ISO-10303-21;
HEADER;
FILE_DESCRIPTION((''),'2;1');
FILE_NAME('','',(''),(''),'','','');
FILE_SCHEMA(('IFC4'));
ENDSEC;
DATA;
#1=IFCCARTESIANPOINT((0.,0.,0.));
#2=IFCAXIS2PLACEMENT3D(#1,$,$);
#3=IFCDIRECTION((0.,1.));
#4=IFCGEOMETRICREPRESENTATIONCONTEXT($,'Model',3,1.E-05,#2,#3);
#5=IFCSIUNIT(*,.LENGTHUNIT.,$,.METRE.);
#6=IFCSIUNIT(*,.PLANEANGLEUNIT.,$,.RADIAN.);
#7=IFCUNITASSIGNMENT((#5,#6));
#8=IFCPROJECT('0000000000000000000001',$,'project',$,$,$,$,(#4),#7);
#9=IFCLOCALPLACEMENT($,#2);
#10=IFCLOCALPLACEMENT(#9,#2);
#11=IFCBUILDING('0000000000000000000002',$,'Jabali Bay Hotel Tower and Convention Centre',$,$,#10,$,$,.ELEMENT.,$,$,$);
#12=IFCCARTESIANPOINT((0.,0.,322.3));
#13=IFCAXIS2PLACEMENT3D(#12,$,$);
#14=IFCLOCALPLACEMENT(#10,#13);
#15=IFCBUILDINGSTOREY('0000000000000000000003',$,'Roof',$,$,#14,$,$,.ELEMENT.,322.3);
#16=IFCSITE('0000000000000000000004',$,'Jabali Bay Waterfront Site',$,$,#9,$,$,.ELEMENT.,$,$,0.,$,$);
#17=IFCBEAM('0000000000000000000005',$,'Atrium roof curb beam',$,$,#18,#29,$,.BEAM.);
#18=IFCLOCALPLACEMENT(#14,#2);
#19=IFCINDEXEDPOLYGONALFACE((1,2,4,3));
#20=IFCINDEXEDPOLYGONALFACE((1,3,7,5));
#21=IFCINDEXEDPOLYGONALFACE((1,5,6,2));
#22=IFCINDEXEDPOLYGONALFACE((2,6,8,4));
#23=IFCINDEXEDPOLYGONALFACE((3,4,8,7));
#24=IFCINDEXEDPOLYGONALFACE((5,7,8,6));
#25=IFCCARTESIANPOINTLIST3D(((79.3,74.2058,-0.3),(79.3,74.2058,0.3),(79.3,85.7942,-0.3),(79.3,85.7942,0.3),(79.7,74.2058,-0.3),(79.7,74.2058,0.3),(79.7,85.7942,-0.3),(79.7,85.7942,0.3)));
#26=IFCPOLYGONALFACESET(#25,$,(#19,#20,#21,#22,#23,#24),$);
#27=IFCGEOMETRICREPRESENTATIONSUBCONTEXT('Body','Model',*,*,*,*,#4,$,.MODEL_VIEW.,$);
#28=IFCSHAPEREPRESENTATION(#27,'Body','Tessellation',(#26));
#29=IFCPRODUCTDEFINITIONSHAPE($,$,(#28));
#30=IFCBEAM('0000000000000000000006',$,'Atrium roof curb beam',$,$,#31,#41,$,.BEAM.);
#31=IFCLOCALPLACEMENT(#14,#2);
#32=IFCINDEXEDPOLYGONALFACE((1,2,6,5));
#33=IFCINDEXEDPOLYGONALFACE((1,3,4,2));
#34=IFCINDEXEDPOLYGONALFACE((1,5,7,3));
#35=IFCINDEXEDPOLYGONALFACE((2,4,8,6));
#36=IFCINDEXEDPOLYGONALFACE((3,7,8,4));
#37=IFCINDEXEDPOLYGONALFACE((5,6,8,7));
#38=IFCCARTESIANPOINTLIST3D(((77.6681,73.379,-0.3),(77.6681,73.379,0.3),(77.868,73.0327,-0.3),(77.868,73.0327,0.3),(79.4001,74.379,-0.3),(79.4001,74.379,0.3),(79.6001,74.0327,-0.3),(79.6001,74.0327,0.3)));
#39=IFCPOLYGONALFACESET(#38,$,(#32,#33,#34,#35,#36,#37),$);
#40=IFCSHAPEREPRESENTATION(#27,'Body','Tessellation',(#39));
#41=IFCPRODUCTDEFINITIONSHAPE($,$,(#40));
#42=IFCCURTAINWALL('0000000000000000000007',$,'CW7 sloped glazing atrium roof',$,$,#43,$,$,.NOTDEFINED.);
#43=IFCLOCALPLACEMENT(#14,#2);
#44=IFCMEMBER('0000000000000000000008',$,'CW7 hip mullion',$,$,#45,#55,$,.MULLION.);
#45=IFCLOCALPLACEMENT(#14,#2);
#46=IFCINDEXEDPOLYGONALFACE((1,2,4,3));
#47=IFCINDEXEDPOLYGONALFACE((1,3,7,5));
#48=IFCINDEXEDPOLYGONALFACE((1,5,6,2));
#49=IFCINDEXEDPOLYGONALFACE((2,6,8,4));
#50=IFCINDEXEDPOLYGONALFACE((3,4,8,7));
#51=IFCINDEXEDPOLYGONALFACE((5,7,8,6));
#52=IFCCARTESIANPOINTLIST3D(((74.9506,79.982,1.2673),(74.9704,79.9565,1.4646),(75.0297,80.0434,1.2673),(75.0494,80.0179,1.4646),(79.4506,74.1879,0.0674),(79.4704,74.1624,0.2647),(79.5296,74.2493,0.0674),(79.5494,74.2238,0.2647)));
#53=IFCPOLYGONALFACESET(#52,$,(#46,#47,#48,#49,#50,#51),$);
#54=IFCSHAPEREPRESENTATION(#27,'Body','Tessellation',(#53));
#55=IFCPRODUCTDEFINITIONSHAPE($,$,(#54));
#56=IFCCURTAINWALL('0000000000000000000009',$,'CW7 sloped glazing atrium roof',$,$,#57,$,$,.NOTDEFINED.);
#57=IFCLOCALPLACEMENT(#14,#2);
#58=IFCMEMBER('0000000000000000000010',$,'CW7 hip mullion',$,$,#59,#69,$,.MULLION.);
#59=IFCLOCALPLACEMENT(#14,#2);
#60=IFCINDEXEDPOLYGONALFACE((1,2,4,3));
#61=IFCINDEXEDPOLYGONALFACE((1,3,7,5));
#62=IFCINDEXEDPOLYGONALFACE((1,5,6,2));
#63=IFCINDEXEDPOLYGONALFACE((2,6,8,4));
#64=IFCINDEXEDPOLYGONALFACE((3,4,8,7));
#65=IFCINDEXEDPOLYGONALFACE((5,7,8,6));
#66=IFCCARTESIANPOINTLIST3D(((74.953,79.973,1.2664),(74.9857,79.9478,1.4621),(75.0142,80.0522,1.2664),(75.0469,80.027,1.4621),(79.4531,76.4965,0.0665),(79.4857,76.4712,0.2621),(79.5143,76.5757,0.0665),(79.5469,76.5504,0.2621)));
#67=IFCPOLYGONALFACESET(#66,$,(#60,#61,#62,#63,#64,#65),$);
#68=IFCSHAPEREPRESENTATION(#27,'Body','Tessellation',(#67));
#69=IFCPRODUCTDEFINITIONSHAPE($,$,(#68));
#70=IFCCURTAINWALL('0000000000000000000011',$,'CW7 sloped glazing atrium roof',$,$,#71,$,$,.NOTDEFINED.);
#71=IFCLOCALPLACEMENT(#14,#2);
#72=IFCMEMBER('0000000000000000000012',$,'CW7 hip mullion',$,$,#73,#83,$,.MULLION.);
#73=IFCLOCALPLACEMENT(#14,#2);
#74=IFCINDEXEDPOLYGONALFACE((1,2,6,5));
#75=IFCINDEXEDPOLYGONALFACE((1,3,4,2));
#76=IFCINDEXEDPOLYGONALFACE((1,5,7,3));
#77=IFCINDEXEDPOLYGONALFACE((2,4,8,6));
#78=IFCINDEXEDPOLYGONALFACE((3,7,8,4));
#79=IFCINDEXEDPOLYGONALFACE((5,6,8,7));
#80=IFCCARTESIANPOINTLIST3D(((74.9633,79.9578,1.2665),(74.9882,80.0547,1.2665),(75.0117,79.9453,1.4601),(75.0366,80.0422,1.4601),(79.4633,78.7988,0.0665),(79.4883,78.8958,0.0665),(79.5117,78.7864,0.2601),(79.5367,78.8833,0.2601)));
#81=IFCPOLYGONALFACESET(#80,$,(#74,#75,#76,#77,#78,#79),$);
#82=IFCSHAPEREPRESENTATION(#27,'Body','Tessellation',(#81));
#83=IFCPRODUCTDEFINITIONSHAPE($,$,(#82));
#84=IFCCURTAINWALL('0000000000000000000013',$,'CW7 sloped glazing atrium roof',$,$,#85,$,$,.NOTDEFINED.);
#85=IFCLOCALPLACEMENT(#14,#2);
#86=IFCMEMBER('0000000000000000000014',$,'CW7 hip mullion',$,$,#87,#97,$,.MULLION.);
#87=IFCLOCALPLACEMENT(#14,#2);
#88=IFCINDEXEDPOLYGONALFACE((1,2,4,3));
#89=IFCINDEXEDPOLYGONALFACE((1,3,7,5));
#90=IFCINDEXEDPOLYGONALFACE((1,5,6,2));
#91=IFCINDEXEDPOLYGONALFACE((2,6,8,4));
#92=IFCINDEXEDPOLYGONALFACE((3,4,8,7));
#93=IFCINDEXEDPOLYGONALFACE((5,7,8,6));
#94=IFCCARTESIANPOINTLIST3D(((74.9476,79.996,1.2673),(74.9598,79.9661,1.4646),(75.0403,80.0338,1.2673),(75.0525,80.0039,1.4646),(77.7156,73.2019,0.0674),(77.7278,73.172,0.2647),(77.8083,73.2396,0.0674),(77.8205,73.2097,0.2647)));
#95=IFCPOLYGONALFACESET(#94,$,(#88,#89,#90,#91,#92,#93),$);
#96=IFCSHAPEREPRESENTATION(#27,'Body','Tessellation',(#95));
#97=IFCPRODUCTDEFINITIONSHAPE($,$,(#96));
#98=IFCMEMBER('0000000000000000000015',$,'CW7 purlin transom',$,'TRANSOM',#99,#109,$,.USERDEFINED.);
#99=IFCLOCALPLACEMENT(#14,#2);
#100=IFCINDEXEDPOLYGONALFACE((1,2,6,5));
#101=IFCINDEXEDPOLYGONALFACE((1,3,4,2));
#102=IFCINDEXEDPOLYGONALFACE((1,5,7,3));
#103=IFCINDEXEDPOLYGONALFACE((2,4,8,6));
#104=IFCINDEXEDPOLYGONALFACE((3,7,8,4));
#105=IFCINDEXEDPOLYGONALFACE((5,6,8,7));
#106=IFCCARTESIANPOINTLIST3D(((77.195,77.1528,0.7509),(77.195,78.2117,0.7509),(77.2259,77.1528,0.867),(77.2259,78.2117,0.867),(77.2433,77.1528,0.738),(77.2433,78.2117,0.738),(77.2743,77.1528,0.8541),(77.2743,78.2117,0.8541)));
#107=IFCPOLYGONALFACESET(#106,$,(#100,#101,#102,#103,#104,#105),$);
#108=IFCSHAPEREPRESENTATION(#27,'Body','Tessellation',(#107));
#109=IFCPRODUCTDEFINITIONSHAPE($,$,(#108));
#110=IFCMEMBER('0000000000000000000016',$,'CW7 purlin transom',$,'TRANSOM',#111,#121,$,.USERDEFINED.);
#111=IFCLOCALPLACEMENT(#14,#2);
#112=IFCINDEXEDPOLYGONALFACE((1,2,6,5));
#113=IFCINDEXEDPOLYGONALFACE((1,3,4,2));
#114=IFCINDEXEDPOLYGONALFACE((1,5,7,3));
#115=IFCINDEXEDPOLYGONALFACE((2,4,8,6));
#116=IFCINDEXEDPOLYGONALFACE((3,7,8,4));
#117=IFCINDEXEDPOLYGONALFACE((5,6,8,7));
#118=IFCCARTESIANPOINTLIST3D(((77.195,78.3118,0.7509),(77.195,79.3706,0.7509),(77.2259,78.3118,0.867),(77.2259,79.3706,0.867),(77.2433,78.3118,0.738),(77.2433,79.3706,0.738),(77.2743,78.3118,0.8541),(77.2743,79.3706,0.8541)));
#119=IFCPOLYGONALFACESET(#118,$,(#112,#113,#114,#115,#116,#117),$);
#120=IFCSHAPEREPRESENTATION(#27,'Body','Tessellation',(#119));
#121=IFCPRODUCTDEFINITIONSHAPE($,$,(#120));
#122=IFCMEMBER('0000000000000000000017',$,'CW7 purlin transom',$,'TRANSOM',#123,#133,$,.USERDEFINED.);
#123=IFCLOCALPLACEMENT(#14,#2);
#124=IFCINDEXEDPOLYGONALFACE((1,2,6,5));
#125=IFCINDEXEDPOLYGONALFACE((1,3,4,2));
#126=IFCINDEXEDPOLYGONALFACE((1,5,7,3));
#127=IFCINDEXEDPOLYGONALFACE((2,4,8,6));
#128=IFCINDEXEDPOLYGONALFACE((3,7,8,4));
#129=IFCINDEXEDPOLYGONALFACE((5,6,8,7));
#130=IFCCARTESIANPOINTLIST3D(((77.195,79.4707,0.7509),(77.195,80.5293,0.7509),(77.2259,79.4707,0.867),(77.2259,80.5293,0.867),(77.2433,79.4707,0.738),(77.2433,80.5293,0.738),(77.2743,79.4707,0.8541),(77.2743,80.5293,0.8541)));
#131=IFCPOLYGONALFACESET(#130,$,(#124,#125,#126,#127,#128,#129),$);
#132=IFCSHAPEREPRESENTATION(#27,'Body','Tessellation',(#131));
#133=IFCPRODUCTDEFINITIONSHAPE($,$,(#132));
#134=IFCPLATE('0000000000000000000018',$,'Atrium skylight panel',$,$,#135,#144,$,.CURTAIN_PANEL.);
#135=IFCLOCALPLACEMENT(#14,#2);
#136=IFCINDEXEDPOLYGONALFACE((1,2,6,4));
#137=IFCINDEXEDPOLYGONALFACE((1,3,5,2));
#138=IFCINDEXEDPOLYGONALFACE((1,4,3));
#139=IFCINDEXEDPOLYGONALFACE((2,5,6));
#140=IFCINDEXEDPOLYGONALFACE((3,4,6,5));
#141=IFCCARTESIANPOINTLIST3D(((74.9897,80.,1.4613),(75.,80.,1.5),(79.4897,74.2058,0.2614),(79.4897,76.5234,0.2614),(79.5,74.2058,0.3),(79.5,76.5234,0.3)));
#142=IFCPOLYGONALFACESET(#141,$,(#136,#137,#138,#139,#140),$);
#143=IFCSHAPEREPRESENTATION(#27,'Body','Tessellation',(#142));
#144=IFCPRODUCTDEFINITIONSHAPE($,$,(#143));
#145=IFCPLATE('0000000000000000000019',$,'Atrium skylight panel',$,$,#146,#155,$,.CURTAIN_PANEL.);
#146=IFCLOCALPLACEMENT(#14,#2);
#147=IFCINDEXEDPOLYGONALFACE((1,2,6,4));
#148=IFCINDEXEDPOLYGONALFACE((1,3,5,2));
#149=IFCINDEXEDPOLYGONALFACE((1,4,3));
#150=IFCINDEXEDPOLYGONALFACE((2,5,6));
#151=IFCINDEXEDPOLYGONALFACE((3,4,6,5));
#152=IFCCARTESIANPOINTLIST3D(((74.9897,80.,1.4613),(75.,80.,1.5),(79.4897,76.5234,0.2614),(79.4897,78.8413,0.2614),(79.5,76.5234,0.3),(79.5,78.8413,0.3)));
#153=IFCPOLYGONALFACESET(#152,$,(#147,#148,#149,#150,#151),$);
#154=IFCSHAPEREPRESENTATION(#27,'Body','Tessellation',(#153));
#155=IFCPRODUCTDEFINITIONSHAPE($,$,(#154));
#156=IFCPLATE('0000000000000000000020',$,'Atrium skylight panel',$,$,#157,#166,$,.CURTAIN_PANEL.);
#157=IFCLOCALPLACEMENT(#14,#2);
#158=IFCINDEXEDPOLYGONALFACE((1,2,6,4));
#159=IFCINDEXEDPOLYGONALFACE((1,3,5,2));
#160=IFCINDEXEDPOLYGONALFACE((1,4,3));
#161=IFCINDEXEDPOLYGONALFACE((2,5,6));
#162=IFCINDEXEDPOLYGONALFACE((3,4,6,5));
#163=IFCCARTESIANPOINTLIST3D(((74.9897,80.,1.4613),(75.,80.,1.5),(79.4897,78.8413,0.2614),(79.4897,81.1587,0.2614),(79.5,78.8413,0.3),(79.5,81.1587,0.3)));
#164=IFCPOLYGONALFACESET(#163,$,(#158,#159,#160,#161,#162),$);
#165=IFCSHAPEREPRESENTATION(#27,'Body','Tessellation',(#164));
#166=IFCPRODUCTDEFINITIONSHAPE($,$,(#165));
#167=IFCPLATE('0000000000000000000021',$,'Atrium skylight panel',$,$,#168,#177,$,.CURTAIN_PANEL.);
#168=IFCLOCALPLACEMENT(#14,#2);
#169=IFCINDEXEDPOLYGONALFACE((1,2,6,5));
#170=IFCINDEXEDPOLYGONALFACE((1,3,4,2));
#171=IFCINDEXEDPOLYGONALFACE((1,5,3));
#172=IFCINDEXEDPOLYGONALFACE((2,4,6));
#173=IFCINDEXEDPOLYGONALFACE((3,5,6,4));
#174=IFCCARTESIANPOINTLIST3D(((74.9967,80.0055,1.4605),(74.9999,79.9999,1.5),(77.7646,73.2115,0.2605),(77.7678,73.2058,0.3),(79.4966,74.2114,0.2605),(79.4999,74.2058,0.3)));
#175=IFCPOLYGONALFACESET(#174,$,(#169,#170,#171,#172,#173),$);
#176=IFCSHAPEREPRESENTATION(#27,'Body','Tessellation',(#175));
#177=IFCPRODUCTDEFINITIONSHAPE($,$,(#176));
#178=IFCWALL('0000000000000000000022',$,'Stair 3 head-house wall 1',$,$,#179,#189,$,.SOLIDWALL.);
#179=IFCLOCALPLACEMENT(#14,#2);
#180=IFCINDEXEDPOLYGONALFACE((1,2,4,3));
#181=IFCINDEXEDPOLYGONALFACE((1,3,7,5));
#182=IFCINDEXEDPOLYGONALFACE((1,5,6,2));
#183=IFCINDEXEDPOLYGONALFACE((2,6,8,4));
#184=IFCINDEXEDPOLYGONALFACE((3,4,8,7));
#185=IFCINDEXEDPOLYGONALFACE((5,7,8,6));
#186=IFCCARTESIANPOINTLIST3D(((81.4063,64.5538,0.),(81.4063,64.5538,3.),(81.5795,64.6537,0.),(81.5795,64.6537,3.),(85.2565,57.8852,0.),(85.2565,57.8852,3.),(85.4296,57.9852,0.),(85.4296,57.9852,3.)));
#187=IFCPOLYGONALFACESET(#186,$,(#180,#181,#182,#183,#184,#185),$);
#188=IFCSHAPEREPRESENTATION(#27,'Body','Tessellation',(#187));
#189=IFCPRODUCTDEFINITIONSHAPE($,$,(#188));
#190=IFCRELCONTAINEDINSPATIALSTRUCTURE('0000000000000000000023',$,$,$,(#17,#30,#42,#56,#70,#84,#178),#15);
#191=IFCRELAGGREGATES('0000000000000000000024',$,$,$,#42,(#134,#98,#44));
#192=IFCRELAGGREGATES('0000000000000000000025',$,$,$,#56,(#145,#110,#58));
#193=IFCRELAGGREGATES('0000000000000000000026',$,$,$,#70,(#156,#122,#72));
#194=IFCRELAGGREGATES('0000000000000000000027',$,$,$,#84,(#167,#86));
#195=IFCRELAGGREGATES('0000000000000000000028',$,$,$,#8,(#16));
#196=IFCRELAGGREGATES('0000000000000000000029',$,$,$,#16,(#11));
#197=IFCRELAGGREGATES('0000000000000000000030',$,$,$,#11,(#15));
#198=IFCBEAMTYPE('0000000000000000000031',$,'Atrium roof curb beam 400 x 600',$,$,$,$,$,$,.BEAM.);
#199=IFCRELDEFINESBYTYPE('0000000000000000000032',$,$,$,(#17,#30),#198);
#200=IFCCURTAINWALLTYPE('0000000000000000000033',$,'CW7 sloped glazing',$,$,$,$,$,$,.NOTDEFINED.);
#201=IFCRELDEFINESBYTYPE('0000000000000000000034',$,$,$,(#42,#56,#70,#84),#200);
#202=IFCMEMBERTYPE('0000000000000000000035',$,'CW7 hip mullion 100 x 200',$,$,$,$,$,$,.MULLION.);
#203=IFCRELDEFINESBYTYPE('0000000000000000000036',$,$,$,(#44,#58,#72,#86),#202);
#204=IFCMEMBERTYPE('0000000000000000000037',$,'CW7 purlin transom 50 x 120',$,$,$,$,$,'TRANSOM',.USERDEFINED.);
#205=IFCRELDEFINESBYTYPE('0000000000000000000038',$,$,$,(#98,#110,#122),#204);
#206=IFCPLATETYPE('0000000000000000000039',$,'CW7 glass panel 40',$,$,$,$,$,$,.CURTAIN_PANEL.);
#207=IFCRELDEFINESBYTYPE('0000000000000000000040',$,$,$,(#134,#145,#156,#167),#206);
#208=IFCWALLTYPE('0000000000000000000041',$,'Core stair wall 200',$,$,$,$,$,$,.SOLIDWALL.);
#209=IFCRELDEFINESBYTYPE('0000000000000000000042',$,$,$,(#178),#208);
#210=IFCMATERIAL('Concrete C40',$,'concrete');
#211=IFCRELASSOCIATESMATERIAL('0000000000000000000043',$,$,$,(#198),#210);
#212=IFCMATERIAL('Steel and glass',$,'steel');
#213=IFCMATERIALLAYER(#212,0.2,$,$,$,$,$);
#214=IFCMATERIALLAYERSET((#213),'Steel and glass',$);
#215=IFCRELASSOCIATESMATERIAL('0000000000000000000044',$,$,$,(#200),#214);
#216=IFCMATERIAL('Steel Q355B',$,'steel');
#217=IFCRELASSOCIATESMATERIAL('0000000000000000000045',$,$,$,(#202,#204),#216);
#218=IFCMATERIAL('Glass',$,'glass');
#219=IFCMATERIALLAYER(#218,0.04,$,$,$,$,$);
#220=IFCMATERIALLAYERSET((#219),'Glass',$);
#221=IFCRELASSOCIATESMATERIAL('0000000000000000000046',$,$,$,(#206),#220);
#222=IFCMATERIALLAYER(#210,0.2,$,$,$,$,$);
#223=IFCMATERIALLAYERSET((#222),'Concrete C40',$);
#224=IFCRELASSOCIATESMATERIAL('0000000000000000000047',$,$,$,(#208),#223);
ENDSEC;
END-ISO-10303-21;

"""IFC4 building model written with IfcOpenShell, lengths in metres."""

from ifc_helpers import new_model, si_unit, direction, frame, frame_2d, origin, origin_2d, place, context, subcontext, project, spatial, polyline, rectangle, outline, extrude, material, layer, layer_set, material_profile, profile_set, type_object, element, aggregate, save


model = new_model("IFC4")

# Units and contexts
model_context = context("Model", 3, precision=1e-05, world=origin(), true_north=direction((0.0, 1.0)))
body_context = subcontext(model_context, "Body", "Model", "MODEL_VIEW")
ifc_project = project(units=[si_unit("LENGTHUNIT", "METRE"), si_unit("PLANEANGLEUNIT", "RADIAN")], contexts=[model_context])

# Site, building, storey
site_placement = place(None, origin())
site = spatial("IfcSite", under=ifc_project, at=site_placement, Name="Jabali Bay Waterfront Site", CompositionType="ELEMENT", RefElevation=0.0)
building_placement = place(site_placement, origin())
building = spatial("IfcBuilding", under=site, at=building_placement, Name="Jabali Bay Hotel Tower and Convention Centre", CompositionType="ELEMENT")
storey_placement = place(building_placement, frame((0.0, 0.0, 322.3)))
storey = spatial("IfcBuildingStorey", under=building, at=storey_placement, Name="Roof", CompositionType="ELEMENT", Elevation=322.3)

# Beams
ifc_material_1 = material(Name="Concrete C40", Category="concrete")
ifc_material_profile_1 = material_profile(ifc_material_1, rectangle(XDim=0.3999, YDim=0.6001, at=origin_2d()), Name="Atrium roof curb beam 400 x 600")
ifc_profile_set_1 = profile_set([ifc_material_profile_1], Name="Concrete C40")
beam_type = type_object("IfcBeamType", Name="Atrium roof curb beam 400 x 600", PredefinedType="BEAM", material=ifc_profile_set_1)
beam_1_placement = place(storey_placement, frame((79.5, 74.2058, 0.0), z_axis=(0.0, 1.0, 0.0), x_axis=(-1.0, 0.0, 0.0)))
element("IfcBeam", 1, at=beam_1_placement, inside=storey, type_object=beam_type, Name="Atrium roof curb beam", PredefinedType="BEAM", context=body_context, shape_type="SweptSolid", body=[
    extrude(rectangle(XDim=0.3999, YDim=0.6001, at=origin_2d()), origin(), (0.0, 0.0, 1.0), 11.5884),
])
beam_2_placement = place(storey_placement, frame((77.7681, 73.2058, 0.0), z_axis=(0.866011, 0.500025, 0.0), x_axis=(-0.500025, 0.866011, 0.0)))
element("IfcBeam", 2, at=beam_2_placement, inside=storey, type_object=beam_type, Name="Atrium roof curb beam", PredefinedType="BEAM", context=body_context, shape_type="SweptSolid", body=[
    extrude(rectangle(XDim=0.3999, YDim=0.6001, at=origin_2d()), origin(), (0.0, 0.0, 1.0), 2.0),
])

# Curtain walls, members
ifc_material_2 = material(Name="Steel and glass", Category="steel")
ifc_layer_1 = layer(ifc_material_2, 0.2)
ifc_layer_set_1 = layer_set([ifc_layer_1], Name="Steel and glass")
curtain_wall_type = type_object("IfcCurtainWallType", Name="CW7 sloped glazing", PredefinedType="NOTDEFINED", material=ifc_layer_set_1)
curtain_wall_1_placement = place(storey_placement, origin())
curtain_wall_1 = element("IfcCurtainWall", 3, at=curtain_wall_1_placement, inside=storey, type_object=curtain_wall_type, Name="CW7 sloped glazing atrium roof", PredefinedType="NOTDEFINED")
ifc_material_3 = material(Name="Steel Q355B", Category="steel")
ifc_material_profile_2 = material_profile(ifc_material_3, rectangle(XDim=0.1001, YDim=0.2, at=origin_2d()), Name="CW7 hip mullion 100 x 200")
ifc_profile_set_2 = profile_set([ifc_material_profile_2], Name="Steel Q355B")
member_type_1 = type_object("IfcMemberType", Name="CW7 hip mullion 100 x 200", PredefinedType="MULLION", material=ifc_profile_set_2)
member_1_placement = place(storey_placement, frame((79.5, 74.2058, 0.166), z_axis=(-0.605337, 0.77943, 0.161417), x_axis=(-0.789787, -0.613381, 0.0)))
member_1 = element("IfcMember", 4, at=member_1_placement, type_object=member_type_1, Name="CW7 hip mullion", PredefinedType="MULLION", context=body_context, shape_type="SweptSolid", body=[
    extrude(rectangle(XDim=0.1001, YDim=0.2, at=origin_2d()), origin(), (0.0, 0.0, 1.0), 7.4338),
])
curtain_wall_2_placement = place(storey_placement, origin())
curtain_wall_2 = element("IfcCurtainWall", 5, at=curtain_wall_2_placement, inside=storey, type_object=curtain_wall_type, Name="CW7 sloped glazing atrium roof", PredefinedType="NOTDEFINED")
member_2_placement = place(storey_placement, frame((79.5, 76.5234, 0.1643), z_axis=(-0.774294, 0.598196, 0.20647), x_axis=(-0.611369, -0.791345, 0.0)))
member_2 = element("IfcMember", 6, at=member_2_placement, type_object=member_type_1, Name="CW7 hip mullion", PredefinedType="MULLION", context=body_context, shape_type="SweptSolid", body=[
    extrude(rectangle(XDim=0.1001, YDim=0.2, at=origin_2d()), origin(), (0.0, 0.0, 1.0), 5.8118),
])
curtain_wall_3_placement = place(storey_placement, origin())
curtain_wall_3 = element("IfcCurtainWall", 7, at=curtain_wall_3_placement, inside=storey, type_object=curtain_wall_type, Name="CW7 sloped glazing atrium roof", PredefinedType="NOTDEFINED")
member_3_placement = place(storey_placement, frame((79.5, 78.8411, 0.1633), z_axis=(-0.937642, 0.241482, 0.250028), x_axis=(-0.249403, -0.9684, 0.0)))
member_3 = element("IfcMember", 8, at=member_3_placement, type_object=member_type_1, Name="CW7 hip mullion", PredefinedType="MULLION", context=body_context, shape_type="SweptSolid", body=[
    extrude(rectangle(XDim=0.1001, YDim=0.2, at=origin_2d()), origin(), (0.0, 0.0, 1.0), 4.7993),
])
curtain_wall_4_placement = place(storey_placement, origin())
curtain_wall_4 = element("IfcCurtainWall", 9, at=curtain_wall_4_placement, inside=storey, type_object=curtain_wall_type, Name="CW7 sloped glazing atrium roof", PredefinedType="NOTDEFINED")
member_4_placement = place(storey_placement, frame((77.7681, 73.2058, 0.166), z_axis=(-0.372357, 0.913945, 0.161416), x_axis=(-0.926089, -0.377304, 0.0)))
member_4 = element("IfcMember", 10, at=member_4_placement, type_object=member_type_1, Name="CW7 hip mullion", PredefinedType="MULLION", context=body_context, shape_type="SweptSolid", body=[
    extrude(rectangle(XDim=0.1001, YDim=0.2, at=origin_2d()), origin(), (0.0, 0.0, 1.0), 7.4338),
])

# Members
ifc_material_profile_3 = material_profile(ifc_material_3, rectangle(XDim=0.05, YDim=0.1201, at=origin_2d()), Name="CW7 purlin transom 50 x 120")
ifc_profile_set_3 = profile_set([ifc_material_profile_3], Name="Steel Q355B")
member_type_2 = type_object("IfcMemberType", Name="CW7 purlin transom 50 x 120", ElementType="TRANSOM", PredefinedType="USERDEFINED", material=ifc_profile_set_3)
member_5_placement = place(storey_placement, frame((77.2346, 77.1528, 0.8025), z_axis=(0.0, 1.0, 0.0), x_axis=(-0.966235, 0.0, 0.257662)))
member_5 = element("IfcMember", 11, at=member_5_placement, type_object=member_type_2, Name="CW7 purlin transom", ObjectType="TRANSOM", PredefinedType="USERDEFINED", context=body_context, shape_type="SweptSolid", body=[
    extrude(rectangle(XDim=0.05, YDim=0.1201, at=origin_2d()), origin(), (0.0, 0.0, 1.0), 1.0588),
])
member_6_placement = place(storey_placement, frame((77.2346, 78.3118, 0.8025), z_axis=(0.0, 1.0, 0.0), x_axis=(-0.966235, 0.0, 0.257662)))
member_6 = element("IfcMember", 12, at=member_6_placement, type_object=member_type_2, Name="CW7 purlin transom", ObjectType="TRANSOM", PredefinedType="USERDEFINED", context=body_context, shape_type="SweptSolid", body=[
    extrude(rectangle(XDim=0.05, YDim=0.1201, at=origin_2d()), origin(), (0.0, 0.0, 1.0), 1.0588),
])
member_7_placement = place(storey_placement, frame((77.2346, 79.4707, 0.8025), z_axis=(0.0, 1.0, 0.0), x_axis=(-0.966235, 0.0, 0.257662)))
member_7 = element("IfcMember", 13, at=member_7_placement, type_object=member_type_2, Name="CW7 purlin transom", ObjectType="TRANSOM", PredefinedType="USERDEFINED", context=body_context, shape_type="SweptSolid", body=[
    extrude(rectangle(XDim=0.05, YDim=0.1201, at=origin_2d()), origin(), (0.0, 0.0, 1.0), 1.0586),
])

# Plates
ifc_material_4 = material(Name="Glass", Category="glass")
ifc_layer_2 = layer(ifc_material_4, 0.04)
ifc_layer_set_2 = layer_set([ifc_layer_2], Name="Glass")
plate_type = type_object("IfcPlateType", Name="CW7 glass panel 40", PredefinedType="CURTAIN_PANEL", material=ifc_layer_set_2)
plate_1_placement = place(storey_placement, frame((79.5, 74.2058, 0.3), z_axis=(0.257653, 0.0, 0.966238), x_axis=(0.0, 1.0, 0.0)))
plate_1 = element("IfcPlate", 14, at=plate_1_placement, type_object=plate_type, Name="Atrium skylight panel", PredefinedType="CURTAIN_PANEL", context=body_context, shape_type="SweptSolid", body=[
    extrude(outline(polyline([(0.0, 0.0), (2.3176, 0.0), (5.7942, 4.6572), (0.0, 0.0)])), origin(), (0.0, 0.0, -1.0), 0.04),
])
aggregate(curtain_wall_1, [plate_1, member_5, member_1])
plate_2_placement = place(storey_placement, frame((79.5, 76.5234, 0.3), z_axis=(0.257653, 0.0, 0.966238), x_axis=(0.0, 1.0, 0.0)))
plate_2 = element("IfcPlate", 15, at=plate_2_placement, type_object=plate_type, Name="Atrium skylight panel", PredefinedType="CURTAIN_PANEL", context=body_context, shape_type="SweptSolid", body=[
    extrude(outline(polyline([(0.0, 0.0), (2.3179, 0.0), (3.4766, 4.6572), (0.0, 0.0)])), origin(), (0.0, 0.0, -1.0), 0.04),
])
aggregate(curtain_wall_2, [plate_2, member_6, member_2])
plate_3_placement = place(storey_placement, frame((79.5, 78.8413, 0.3), z_axis=(0.257653, 0.0, 0.966238), x_axis=(0.0, 1.0, 0.0)))
plate_3 = element("IfcPlate", 16, at=plate_3_placement, type_object=plate_type, Name="Atrium skylight panel", PredefinedType="CURTAIN_PANEL", context=body_context, shape_type="SweptSolid", body=[
    extrude(outline(polyline([(0.0, 0.0), (2.3174, 0.0), (1.1587, 4.6572), (0.0, 0.0)])), origin(), (0.0, 0.0, -1.0), 0.04),
])
aggregate(curtain_wall_3, [plate_3, member_7, member_3])
plate_4_placement = place(storey_placement, frame((77.7678, 73.2058, 0.3), z_axis=(0.081444, -0.141076, 0.986643), x_axis=(0.866041, 0.499973, 0.0)))
plate_4 = element("IfcPlate", 17, at=plate_4_placement, type_object=plate_type, Name="Atrium skylight panel", PredefinedType="CURTAIN_PANEL", context=body_context, shape_type="SweptSolid", body=[
    extrude(outline(polyline([(0.0, 0.0), (2.0, 0.0), (0.9998, 7.3662), (0.0, 0.0)])), origin(), (0.0, 0.0, -1.0), 0.04),
])
aggregate(curtain_wall_4, [plate_4, member_4])

# Wall
ifc_layer_3 = layer(ifc_material_1, 0.2)
ifc_layer_set_3 = layer_set([ifc_layer_3], Name="Concrete C40")
wall_type_1 = type_object("IfcWallType", Name="Core stair wall 200", PredefinedType="SOLIDWALL", material=ifc_layer_set_3)
wall_1_placement = place(storey_placement, frame((81.4929, 64.6038, 0.0), z_axis=(0.0, 0.0, 1.0), x_axis=(0.500006, -0.866022, 0.0)))
element("IfcWall", 18, at=wall_1_placement, inside=storey, type_object=wall_type_1, Name="Stair 3 head-house wall 1", PredefinedType="SOLIDWALL", context=body_context, shape_type="SweptSolid", body=[
    extrude(rectangle(XDim=7.7002, YDim=0.2, at=frame_2d((3.8501, 0.0))), origin(), (0.0, 0.0, 1.0), 3.0),
])

save(model, "model.ifc")
